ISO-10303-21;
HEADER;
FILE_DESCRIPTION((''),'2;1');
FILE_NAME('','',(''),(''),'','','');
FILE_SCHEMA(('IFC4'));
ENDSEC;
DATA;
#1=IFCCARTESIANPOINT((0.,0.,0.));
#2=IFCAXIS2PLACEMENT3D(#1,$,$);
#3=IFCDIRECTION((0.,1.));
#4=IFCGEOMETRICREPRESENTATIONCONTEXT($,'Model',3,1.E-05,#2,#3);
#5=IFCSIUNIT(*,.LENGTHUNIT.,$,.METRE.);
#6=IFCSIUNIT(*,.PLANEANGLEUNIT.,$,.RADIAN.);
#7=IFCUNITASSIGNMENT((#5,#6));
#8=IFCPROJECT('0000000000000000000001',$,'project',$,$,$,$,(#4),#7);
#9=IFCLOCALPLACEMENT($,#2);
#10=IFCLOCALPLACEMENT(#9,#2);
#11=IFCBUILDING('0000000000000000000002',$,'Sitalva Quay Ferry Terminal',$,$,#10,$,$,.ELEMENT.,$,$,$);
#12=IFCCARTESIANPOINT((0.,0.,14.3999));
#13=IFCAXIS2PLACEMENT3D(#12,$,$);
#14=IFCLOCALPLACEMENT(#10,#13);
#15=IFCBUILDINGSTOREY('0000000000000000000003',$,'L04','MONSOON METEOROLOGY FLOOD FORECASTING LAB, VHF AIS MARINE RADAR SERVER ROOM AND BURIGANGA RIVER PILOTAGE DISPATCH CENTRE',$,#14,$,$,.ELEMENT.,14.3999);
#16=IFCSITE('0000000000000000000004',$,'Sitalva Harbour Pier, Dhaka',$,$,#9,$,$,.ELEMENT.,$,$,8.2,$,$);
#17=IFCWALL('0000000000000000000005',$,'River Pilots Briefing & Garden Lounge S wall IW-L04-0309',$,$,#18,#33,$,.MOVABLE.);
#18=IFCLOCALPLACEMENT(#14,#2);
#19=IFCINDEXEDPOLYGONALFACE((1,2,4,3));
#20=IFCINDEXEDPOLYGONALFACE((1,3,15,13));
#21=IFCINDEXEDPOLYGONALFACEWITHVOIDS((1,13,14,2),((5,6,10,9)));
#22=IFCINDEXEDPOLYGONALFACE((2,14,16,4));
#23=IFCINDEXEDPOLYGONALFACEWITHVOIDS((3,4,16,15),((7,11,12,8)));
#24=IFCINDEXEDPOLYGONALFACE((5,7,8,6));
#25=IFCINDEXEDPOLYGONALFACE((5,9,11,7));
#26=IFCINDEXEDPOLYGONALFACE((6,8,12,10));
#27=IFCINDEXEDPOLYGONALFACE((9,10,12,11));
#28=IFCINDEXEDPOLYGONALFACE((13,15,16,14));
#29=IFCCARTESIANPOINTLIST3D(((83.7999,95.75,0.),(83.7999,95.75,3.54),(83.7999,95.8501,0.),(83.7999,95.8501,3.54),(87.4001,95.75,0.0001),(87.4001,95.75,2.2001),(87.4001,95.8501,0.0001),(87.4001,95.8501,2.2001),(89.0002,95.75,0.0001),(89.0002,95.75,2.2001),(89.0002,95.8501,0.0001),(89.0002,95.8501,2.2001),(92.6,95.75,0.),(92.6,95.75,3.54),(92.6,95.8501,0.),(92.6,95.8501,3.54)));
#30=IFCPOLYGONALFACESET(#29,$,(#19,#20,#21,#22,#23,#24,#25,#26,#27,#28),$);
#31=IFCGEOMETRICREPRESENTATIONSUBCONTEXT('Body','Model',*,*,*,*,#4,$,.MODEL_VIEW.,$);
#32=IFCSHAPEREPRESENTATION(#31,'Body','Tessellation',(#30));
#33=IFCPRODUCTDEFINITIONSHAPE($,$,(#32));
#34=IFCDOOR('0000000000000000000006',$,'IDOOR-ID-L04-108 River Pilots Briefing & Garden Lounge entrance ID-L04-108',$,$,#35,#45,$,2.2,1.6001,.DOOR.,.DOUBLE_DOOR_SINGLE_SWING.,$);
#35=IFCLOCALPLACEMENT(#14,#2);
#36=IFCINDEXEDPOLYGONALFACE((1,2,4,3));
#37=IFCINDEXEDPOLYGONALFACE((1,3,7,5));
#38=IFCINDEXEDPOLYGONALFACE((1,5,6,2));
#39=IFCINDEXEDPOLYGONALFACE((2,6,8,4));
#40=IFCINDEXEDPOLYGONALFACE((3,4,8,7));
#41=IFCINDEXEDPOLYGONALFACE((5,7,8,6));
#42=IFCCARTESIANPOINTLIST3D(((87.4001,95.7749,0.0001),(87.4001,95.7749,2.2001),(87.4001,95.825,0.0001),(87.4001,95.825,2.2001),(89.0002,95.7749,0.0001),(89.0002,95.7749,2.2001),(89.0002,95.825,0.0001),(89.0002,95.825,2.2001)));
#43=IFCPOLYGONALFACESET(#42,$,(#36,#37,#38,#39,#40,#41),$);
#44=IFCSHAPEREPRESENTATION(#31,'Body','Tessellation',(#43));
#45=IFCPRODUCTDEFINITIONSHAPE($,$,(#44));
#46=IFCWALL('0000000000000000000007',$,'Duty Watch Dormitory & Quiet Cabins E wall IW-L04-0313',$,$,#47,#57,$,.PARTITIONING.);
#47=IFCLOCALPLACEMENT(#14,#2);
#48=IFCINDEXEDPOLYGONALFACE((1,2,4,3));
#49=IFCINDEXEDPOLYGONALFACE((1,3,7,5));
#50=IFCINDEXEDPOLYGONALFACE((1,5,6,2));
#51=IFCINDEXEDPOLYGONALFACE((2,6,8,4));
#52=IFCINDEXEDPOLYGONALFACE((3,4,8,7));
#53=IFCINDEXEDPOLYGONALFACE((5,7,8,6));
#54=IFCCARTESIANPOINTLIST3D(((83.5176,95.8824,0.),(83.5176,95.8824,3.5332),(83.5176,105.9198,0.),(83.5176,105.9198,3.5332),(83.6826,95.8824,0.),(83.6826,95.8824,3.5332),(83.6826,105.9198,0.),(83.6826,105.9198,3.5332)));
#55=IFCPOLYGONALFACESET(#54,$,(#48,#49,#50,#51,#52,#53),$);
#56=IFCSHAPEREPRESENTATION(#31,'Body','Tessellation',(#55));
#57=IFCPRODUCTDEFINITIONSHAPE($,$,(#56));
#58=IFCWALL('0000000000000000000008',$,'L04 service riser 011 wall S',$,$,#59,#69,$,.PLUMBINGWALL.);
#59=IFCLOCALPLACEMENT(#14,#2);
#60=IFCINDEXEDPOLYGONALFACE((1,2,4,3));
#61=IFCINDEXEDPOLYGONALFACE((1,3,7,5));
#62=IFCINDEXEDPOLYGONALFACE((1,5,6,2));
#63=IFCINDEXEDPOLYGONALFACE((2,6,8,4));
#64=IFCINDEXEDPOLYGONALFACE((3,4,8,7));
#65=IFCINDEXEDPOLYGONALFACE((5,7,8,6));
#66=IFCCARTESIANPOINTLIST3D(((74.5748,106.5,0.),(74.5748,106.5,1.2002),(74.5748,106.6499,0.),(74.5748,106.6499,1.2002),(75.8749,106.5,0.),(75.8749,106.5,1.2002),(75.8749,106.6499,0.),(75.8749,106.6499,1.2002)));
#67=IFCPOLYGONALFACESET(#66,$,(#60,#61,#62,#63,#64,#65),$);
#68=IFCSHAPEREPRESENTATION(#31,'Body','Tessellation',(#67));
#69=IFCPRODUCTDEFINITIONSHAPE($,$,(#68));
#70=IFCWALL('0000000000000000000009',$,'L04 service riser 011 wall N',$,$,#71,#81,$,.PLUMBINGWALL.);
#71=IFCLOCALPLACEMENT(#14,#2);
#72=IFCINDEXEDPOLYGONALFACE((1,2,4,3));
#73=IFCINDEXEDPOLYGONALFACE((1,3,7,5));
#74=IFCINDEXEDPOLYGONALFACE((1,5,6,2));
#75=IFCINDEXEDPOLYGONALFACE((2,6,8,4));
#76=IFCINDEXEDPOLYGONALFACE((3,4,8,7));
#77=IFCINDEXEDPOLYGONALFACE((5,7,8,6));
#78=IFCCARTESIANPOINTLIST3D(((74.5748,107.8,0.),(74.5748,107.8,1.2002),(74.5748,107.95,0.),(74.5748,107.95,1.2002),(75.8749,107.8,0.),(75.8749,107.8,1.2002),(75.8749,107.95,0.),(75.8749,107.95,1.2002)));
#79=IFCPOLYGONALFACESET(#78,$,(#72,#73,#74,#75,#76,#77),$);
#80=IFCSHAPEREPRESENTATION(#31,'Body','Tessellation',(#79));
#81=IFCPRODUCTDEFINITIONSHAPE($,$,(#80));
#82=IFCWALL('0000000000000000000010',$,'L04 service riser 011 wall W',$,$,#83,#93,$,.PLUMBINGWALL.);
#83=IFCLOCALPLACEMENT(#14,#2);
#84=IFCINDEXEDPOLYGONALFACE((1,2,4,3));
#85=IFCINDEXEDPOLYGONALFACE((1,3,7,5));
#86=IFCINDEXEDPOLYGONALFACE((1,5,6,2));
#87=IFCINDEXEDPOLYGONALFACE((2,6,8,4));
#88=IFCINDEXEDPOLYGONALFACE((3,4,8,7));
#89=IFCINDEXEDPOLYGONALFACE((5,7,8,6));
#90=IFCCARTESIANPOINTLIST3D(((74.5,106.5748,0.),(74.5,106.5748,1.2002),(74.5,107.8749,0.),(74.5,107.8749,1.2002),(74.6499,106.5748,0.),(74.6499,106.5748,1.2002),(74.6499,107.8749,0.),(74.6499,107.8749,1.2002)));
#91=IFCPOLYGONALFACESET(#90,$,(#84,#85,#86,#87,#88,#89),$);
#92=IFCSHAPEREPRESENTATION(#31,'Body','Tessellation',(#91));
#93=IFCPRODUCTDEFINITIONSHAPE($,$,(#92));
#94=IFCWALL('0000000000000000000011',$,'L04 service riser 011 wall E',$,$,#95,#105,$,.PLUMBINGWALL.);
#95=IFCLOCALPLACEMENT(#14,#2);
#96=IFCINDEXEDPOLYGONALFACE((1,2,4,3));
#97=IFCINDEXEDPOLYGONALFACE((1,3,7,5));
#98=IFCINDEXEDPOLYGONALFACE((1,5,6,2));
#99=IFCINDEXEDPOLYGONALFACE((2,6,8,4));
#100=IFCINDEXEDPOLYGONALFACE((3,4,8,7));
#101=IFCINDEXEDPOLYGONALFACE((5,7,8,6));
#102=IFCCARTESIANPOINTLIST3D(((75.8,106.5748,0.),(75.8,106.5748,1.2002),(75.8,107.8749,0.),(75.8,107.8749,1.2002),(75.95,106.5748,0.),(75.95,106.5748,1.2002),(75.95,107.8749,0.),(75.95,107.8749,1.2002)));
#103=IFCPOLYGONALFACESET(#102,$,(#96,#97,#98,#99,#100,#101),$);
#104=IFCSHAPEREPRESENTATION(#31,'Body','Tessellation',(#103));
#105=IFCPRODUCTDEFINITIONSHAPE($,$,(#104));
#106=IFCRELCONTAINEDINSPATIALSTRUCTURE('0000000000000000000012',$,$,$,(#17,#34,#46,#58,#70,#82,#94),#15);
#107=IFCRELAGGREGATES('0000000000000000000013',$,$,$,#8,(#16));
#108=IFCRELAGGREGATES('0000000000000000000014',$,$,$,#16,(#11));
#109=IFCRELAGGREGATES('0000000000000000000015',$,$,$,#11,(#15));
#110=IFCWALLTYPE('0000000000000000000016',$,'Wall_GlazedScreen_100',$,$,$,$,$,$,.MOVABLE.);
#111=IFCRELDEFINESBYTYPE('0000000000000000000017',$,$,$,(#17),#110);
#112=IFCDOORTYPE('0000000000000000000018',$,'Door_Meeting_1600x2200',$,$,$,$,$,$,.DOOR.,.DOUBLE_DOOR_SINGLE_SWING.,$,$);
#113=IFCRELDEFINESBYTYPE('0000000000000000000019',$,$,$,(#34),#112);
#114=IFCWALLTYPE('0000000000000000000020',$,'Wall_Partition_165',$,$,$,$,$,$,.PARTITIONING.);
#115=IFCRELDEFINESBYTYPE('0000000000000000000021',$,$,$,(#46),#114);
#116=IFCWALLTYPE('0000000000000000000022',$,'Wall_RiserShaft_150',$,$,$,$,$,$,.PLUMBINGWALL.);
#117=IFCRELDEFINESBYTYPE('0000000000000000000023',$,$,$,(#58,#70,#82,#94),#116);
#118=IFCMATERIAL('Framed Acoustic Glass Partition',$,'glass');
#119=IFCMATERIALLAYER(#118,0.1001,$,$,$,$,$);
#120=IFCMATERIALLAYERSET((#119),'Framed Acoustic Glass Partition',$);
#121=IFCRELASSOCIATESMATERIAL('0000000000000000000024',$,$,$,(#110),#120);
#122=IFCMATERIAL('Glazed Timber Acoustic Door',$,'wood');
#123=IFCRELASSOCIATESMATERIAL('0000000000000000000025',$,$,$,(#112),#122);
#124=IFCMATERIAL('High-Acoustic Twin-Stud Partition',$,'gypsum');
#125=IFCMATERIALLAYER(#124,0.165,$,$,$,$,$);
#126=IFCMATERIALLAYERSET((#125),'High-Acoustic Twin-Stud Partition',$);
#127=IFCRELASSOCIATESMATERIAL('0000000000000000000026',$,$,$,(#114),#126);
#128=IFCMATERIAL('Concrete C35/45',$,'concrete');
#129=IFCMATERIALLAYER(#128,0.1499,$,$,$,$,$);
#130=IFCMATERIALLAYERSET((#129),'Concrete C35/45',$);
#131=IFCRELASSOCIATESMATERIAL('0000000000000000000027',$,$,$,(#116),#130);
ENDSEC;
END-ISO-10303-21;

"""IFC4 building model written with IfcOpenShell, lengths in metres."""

from ifc_helpers import new_model, si_unit, direction, frame, frame_2d, origin, place, context, subcontext, project, spatial, rectangle, extrude, material, layer, layer_set, type_object, element, fill, save


model = new_model("IFC4")

# Units and contexts
model_context = context("Model", 3, precision=1e-05, world=origin(), true_north=direction((0.0, 1.0)))
body_context = subcontext(model_context, "Body", "Model", "MODEL_VIEW")
ifc_project = project(units=[si_unit("LENGTHUNIT", "METRE"), si_unit("PLANEANGLEUNIT", "RADIAN")], contexts=[model_context])

# Site, building, storey
site_placement = place(None, origin())
site = spatial("IfcSite", under=ifc_project, at=site_placement, Name="Sitalva Harbour Pier, Dhaka", CompositionType="ELEMENT", RefElevation=8.2)
building_placement = place(site_placement, origin())
building = spatial("IfcBuilding", under=site, at=building_placement, Name="Sitalva Quay Ferry Terminal", CompositionType="ELEMENT")
storey_placement = place(building_placement, frame((0.0, 0.0, 14.3999)))
storey = spatial("IfcBuildingStorey", under=building, at=storey_placement, Name="L04", Description="MONSOON METEOROLOGY FLOOD FORECASTING LAB, VHF AIS MARINE RADAR SERVER ROOM AND BURIGANGA RIVER PILOTAGE DISPATCH CENTRE", CompositionType="ELEMENT", Elevation=14.3999)

# Wall, opening, door
ifc_material_1 = material(Name="Framed Acoustic Glass Partition", Category="glass")
ifc_layer_1 = layer(ifc_material_1, 0.1001)
ifc_layer_set_1 = layer_set([ifc_layer_1], Name="Framed Acoustic Glass Partition")
wall_type_1 = type_object("IfcWallType", Name="Wall_GlazedScreen_100", PredefinedType="MOVABLE", material=ifc_layer_set_1)
wall_1_placement = place(storey_placement, frame((83.8, 95.8, 0.0), z_axis=(0.0, 0.0, 1.0), x_axis=(1.0, 0.0, 0.0)))
wall_1 = element("IfcWall", 1, at=wall_1_placement, inside=storey, type_object=wall_type_1, Name="River Pilots Briefing & Garden Lounge S wall IW-L04-0309", PredefinedType="MOVABLE", context=body_context, shape_type="SweptSolid", body=[
    extrude(rectangle(XDim=8.8, YDim=0.1001, at=frame_2d((4.3999, 0.0))), origin(), (0.0, 0.0, 1.0), 3.54),
])
opening_1_placement = place(wall_1_placement, frame((3.6001, 0.0, 0.0)))
opening_1 = element("IfcOpeningElement", 2, at=opening_1_placement, cuts=wall_1, PredefinedType="OPENING", context=body_context, shape_type="SweptSolid", body=[
    extrude(rectangle(XDim=1.6001, YDim=2.2, at=frame_2d((0.8, 1.1001))), frame((0.0, 0.0601, 0.0), z_axis=(0.0, -1.0, 0.0), x_axis=(1.0, 0.0, 0.0)), (0.0, 0.0, 1.0), 0.1201),
])
ifc_material_2 = material(Name="Glazed Timber Acoustic Door", Category="wood")
door_type = type_object("IfcDoorType", Name="Door_Meeting_1600x2200", OperationType="DOUBLE_DOOR_SINGLE_SWING", PredefinedType="DOOR", material=ifc_material_2)
door_placement = place(opening_1_placement, origin())
door = element("IfcDoor", 3, at=door_placement, inside=storey, type_object=door_type, Name="IDOOR-ID-L04-108 River Pilots Briefing & Garden Lounge entrance ID-L04-108", OperationType="DOUBLE_DOOR_SINGLE_SWING", OverallHeight=2.2, OverallWidth=1.6001, PredefinedType="DOOR", context=body_context, shape_type="SweptSolid", body=[
    extrude(rectangle(XDim=1.6001, YDim=2.2, at=frame_2d((0.8, 1.1001))), frame((0.0, 0.0249, 0.0), z_axis=(0.0, -1.0, 0.0), x_axis=(1.0, 0.0, 0.0)), (0.0, 0.0, 1.0), 0.05),
])
fill(opening_1, door)

# Walls
ifc_material_3 = material(Name="High-Acoustic Twin-Stud Partition", Category="gypsum")
ifc_layer_2 = layer(ifc_material_3, 0.165)
ifc_layer_set_2 = layer_set([ifc_layer_2], Name="High-Acoustic Twin-Stud Partition")
wall_type_2 = type_object("IfcWallType", Name="Wall_Partition_165", PredefinedType="PARTITIONING", material=ifc_layer_set_2)
wall_2_placement = place(storey_placement, frame((83.6001, 95.8826, 0.0), z_axis=(0.0, 0.0, 1.0), x_axis=(0.0, 1.0, 0.0)))
element("IfcWall", 4, at=wall_2_placement, inside=storey, type_object=wall_type_2, Name="Duty Watch Dormitory & Quiet Cabins E wall IW-L04-0313", PredefinedType="PARTITIONING", context=body_context, shape_type="SweptSolid", body=[
    extrude(rectangle(XDim=10.0374, YDim=0.165, at=frame_2d((5.0186, 0.0))), origin(), (0.0, 0.0, 1.0), 3.5332),
])
ifc_material_4 = material(Name="Concrete C35/45", Category="concrete")
ifc_layer_3 = layer(ifc_material_4, 0.1499)
ifc_layer_set_3 = layer_set([ifc_layer_3], Name="Concrete C35/45")
wall_type_3 = type_object("IfcWallType", Name="Wall_RiserShaft_150", PredefinedType="PLUMBINGWALL", material=ifc_layer_set_3)
for number, where, z_axis, x_axis, name in (
    (5, (74.575, 106.575, 0.0), (0.0, 0.0, 1.0), (1.0, 0.0, 0.0), "L04 service riser 011 wall S"),
    (6, (74.575, 107.875, 0.0), (0.0, 0.0, 1.0), (1.0, 0.0, 0.0), "L04 service riser 011 wall N"),
    (7, (74.575, 106.575, 0.0), (0.0, 0.0, 1.0), (0.0, 1.0, 0.0), "L04 service riser 011 wall W"),
    (8, (75.875, 106.575, 0.0), (0.0, 0.0, 1.0), (0.0, 1.0, 0.0), "L04 service riser 011 wall E"),
):
    element("IfcWall", number, at=place(storey_placement, frame(where, z_axis=z_axis, x_axis=x_axis)), inside=storey, type_object=wall_type_3, Name=name, PredefinedType="PLUMBINGWALL", context=body_context, shape_type="SweptSolid", body=[
        extrude(rectangle(XDim=1.3, YDim=0.1499, at=frame_2d((0.6499, 0.0))), origin(), (0.0, 0.0, 1.0), 1.2002),
    ])

save(model, "model.ifc")
